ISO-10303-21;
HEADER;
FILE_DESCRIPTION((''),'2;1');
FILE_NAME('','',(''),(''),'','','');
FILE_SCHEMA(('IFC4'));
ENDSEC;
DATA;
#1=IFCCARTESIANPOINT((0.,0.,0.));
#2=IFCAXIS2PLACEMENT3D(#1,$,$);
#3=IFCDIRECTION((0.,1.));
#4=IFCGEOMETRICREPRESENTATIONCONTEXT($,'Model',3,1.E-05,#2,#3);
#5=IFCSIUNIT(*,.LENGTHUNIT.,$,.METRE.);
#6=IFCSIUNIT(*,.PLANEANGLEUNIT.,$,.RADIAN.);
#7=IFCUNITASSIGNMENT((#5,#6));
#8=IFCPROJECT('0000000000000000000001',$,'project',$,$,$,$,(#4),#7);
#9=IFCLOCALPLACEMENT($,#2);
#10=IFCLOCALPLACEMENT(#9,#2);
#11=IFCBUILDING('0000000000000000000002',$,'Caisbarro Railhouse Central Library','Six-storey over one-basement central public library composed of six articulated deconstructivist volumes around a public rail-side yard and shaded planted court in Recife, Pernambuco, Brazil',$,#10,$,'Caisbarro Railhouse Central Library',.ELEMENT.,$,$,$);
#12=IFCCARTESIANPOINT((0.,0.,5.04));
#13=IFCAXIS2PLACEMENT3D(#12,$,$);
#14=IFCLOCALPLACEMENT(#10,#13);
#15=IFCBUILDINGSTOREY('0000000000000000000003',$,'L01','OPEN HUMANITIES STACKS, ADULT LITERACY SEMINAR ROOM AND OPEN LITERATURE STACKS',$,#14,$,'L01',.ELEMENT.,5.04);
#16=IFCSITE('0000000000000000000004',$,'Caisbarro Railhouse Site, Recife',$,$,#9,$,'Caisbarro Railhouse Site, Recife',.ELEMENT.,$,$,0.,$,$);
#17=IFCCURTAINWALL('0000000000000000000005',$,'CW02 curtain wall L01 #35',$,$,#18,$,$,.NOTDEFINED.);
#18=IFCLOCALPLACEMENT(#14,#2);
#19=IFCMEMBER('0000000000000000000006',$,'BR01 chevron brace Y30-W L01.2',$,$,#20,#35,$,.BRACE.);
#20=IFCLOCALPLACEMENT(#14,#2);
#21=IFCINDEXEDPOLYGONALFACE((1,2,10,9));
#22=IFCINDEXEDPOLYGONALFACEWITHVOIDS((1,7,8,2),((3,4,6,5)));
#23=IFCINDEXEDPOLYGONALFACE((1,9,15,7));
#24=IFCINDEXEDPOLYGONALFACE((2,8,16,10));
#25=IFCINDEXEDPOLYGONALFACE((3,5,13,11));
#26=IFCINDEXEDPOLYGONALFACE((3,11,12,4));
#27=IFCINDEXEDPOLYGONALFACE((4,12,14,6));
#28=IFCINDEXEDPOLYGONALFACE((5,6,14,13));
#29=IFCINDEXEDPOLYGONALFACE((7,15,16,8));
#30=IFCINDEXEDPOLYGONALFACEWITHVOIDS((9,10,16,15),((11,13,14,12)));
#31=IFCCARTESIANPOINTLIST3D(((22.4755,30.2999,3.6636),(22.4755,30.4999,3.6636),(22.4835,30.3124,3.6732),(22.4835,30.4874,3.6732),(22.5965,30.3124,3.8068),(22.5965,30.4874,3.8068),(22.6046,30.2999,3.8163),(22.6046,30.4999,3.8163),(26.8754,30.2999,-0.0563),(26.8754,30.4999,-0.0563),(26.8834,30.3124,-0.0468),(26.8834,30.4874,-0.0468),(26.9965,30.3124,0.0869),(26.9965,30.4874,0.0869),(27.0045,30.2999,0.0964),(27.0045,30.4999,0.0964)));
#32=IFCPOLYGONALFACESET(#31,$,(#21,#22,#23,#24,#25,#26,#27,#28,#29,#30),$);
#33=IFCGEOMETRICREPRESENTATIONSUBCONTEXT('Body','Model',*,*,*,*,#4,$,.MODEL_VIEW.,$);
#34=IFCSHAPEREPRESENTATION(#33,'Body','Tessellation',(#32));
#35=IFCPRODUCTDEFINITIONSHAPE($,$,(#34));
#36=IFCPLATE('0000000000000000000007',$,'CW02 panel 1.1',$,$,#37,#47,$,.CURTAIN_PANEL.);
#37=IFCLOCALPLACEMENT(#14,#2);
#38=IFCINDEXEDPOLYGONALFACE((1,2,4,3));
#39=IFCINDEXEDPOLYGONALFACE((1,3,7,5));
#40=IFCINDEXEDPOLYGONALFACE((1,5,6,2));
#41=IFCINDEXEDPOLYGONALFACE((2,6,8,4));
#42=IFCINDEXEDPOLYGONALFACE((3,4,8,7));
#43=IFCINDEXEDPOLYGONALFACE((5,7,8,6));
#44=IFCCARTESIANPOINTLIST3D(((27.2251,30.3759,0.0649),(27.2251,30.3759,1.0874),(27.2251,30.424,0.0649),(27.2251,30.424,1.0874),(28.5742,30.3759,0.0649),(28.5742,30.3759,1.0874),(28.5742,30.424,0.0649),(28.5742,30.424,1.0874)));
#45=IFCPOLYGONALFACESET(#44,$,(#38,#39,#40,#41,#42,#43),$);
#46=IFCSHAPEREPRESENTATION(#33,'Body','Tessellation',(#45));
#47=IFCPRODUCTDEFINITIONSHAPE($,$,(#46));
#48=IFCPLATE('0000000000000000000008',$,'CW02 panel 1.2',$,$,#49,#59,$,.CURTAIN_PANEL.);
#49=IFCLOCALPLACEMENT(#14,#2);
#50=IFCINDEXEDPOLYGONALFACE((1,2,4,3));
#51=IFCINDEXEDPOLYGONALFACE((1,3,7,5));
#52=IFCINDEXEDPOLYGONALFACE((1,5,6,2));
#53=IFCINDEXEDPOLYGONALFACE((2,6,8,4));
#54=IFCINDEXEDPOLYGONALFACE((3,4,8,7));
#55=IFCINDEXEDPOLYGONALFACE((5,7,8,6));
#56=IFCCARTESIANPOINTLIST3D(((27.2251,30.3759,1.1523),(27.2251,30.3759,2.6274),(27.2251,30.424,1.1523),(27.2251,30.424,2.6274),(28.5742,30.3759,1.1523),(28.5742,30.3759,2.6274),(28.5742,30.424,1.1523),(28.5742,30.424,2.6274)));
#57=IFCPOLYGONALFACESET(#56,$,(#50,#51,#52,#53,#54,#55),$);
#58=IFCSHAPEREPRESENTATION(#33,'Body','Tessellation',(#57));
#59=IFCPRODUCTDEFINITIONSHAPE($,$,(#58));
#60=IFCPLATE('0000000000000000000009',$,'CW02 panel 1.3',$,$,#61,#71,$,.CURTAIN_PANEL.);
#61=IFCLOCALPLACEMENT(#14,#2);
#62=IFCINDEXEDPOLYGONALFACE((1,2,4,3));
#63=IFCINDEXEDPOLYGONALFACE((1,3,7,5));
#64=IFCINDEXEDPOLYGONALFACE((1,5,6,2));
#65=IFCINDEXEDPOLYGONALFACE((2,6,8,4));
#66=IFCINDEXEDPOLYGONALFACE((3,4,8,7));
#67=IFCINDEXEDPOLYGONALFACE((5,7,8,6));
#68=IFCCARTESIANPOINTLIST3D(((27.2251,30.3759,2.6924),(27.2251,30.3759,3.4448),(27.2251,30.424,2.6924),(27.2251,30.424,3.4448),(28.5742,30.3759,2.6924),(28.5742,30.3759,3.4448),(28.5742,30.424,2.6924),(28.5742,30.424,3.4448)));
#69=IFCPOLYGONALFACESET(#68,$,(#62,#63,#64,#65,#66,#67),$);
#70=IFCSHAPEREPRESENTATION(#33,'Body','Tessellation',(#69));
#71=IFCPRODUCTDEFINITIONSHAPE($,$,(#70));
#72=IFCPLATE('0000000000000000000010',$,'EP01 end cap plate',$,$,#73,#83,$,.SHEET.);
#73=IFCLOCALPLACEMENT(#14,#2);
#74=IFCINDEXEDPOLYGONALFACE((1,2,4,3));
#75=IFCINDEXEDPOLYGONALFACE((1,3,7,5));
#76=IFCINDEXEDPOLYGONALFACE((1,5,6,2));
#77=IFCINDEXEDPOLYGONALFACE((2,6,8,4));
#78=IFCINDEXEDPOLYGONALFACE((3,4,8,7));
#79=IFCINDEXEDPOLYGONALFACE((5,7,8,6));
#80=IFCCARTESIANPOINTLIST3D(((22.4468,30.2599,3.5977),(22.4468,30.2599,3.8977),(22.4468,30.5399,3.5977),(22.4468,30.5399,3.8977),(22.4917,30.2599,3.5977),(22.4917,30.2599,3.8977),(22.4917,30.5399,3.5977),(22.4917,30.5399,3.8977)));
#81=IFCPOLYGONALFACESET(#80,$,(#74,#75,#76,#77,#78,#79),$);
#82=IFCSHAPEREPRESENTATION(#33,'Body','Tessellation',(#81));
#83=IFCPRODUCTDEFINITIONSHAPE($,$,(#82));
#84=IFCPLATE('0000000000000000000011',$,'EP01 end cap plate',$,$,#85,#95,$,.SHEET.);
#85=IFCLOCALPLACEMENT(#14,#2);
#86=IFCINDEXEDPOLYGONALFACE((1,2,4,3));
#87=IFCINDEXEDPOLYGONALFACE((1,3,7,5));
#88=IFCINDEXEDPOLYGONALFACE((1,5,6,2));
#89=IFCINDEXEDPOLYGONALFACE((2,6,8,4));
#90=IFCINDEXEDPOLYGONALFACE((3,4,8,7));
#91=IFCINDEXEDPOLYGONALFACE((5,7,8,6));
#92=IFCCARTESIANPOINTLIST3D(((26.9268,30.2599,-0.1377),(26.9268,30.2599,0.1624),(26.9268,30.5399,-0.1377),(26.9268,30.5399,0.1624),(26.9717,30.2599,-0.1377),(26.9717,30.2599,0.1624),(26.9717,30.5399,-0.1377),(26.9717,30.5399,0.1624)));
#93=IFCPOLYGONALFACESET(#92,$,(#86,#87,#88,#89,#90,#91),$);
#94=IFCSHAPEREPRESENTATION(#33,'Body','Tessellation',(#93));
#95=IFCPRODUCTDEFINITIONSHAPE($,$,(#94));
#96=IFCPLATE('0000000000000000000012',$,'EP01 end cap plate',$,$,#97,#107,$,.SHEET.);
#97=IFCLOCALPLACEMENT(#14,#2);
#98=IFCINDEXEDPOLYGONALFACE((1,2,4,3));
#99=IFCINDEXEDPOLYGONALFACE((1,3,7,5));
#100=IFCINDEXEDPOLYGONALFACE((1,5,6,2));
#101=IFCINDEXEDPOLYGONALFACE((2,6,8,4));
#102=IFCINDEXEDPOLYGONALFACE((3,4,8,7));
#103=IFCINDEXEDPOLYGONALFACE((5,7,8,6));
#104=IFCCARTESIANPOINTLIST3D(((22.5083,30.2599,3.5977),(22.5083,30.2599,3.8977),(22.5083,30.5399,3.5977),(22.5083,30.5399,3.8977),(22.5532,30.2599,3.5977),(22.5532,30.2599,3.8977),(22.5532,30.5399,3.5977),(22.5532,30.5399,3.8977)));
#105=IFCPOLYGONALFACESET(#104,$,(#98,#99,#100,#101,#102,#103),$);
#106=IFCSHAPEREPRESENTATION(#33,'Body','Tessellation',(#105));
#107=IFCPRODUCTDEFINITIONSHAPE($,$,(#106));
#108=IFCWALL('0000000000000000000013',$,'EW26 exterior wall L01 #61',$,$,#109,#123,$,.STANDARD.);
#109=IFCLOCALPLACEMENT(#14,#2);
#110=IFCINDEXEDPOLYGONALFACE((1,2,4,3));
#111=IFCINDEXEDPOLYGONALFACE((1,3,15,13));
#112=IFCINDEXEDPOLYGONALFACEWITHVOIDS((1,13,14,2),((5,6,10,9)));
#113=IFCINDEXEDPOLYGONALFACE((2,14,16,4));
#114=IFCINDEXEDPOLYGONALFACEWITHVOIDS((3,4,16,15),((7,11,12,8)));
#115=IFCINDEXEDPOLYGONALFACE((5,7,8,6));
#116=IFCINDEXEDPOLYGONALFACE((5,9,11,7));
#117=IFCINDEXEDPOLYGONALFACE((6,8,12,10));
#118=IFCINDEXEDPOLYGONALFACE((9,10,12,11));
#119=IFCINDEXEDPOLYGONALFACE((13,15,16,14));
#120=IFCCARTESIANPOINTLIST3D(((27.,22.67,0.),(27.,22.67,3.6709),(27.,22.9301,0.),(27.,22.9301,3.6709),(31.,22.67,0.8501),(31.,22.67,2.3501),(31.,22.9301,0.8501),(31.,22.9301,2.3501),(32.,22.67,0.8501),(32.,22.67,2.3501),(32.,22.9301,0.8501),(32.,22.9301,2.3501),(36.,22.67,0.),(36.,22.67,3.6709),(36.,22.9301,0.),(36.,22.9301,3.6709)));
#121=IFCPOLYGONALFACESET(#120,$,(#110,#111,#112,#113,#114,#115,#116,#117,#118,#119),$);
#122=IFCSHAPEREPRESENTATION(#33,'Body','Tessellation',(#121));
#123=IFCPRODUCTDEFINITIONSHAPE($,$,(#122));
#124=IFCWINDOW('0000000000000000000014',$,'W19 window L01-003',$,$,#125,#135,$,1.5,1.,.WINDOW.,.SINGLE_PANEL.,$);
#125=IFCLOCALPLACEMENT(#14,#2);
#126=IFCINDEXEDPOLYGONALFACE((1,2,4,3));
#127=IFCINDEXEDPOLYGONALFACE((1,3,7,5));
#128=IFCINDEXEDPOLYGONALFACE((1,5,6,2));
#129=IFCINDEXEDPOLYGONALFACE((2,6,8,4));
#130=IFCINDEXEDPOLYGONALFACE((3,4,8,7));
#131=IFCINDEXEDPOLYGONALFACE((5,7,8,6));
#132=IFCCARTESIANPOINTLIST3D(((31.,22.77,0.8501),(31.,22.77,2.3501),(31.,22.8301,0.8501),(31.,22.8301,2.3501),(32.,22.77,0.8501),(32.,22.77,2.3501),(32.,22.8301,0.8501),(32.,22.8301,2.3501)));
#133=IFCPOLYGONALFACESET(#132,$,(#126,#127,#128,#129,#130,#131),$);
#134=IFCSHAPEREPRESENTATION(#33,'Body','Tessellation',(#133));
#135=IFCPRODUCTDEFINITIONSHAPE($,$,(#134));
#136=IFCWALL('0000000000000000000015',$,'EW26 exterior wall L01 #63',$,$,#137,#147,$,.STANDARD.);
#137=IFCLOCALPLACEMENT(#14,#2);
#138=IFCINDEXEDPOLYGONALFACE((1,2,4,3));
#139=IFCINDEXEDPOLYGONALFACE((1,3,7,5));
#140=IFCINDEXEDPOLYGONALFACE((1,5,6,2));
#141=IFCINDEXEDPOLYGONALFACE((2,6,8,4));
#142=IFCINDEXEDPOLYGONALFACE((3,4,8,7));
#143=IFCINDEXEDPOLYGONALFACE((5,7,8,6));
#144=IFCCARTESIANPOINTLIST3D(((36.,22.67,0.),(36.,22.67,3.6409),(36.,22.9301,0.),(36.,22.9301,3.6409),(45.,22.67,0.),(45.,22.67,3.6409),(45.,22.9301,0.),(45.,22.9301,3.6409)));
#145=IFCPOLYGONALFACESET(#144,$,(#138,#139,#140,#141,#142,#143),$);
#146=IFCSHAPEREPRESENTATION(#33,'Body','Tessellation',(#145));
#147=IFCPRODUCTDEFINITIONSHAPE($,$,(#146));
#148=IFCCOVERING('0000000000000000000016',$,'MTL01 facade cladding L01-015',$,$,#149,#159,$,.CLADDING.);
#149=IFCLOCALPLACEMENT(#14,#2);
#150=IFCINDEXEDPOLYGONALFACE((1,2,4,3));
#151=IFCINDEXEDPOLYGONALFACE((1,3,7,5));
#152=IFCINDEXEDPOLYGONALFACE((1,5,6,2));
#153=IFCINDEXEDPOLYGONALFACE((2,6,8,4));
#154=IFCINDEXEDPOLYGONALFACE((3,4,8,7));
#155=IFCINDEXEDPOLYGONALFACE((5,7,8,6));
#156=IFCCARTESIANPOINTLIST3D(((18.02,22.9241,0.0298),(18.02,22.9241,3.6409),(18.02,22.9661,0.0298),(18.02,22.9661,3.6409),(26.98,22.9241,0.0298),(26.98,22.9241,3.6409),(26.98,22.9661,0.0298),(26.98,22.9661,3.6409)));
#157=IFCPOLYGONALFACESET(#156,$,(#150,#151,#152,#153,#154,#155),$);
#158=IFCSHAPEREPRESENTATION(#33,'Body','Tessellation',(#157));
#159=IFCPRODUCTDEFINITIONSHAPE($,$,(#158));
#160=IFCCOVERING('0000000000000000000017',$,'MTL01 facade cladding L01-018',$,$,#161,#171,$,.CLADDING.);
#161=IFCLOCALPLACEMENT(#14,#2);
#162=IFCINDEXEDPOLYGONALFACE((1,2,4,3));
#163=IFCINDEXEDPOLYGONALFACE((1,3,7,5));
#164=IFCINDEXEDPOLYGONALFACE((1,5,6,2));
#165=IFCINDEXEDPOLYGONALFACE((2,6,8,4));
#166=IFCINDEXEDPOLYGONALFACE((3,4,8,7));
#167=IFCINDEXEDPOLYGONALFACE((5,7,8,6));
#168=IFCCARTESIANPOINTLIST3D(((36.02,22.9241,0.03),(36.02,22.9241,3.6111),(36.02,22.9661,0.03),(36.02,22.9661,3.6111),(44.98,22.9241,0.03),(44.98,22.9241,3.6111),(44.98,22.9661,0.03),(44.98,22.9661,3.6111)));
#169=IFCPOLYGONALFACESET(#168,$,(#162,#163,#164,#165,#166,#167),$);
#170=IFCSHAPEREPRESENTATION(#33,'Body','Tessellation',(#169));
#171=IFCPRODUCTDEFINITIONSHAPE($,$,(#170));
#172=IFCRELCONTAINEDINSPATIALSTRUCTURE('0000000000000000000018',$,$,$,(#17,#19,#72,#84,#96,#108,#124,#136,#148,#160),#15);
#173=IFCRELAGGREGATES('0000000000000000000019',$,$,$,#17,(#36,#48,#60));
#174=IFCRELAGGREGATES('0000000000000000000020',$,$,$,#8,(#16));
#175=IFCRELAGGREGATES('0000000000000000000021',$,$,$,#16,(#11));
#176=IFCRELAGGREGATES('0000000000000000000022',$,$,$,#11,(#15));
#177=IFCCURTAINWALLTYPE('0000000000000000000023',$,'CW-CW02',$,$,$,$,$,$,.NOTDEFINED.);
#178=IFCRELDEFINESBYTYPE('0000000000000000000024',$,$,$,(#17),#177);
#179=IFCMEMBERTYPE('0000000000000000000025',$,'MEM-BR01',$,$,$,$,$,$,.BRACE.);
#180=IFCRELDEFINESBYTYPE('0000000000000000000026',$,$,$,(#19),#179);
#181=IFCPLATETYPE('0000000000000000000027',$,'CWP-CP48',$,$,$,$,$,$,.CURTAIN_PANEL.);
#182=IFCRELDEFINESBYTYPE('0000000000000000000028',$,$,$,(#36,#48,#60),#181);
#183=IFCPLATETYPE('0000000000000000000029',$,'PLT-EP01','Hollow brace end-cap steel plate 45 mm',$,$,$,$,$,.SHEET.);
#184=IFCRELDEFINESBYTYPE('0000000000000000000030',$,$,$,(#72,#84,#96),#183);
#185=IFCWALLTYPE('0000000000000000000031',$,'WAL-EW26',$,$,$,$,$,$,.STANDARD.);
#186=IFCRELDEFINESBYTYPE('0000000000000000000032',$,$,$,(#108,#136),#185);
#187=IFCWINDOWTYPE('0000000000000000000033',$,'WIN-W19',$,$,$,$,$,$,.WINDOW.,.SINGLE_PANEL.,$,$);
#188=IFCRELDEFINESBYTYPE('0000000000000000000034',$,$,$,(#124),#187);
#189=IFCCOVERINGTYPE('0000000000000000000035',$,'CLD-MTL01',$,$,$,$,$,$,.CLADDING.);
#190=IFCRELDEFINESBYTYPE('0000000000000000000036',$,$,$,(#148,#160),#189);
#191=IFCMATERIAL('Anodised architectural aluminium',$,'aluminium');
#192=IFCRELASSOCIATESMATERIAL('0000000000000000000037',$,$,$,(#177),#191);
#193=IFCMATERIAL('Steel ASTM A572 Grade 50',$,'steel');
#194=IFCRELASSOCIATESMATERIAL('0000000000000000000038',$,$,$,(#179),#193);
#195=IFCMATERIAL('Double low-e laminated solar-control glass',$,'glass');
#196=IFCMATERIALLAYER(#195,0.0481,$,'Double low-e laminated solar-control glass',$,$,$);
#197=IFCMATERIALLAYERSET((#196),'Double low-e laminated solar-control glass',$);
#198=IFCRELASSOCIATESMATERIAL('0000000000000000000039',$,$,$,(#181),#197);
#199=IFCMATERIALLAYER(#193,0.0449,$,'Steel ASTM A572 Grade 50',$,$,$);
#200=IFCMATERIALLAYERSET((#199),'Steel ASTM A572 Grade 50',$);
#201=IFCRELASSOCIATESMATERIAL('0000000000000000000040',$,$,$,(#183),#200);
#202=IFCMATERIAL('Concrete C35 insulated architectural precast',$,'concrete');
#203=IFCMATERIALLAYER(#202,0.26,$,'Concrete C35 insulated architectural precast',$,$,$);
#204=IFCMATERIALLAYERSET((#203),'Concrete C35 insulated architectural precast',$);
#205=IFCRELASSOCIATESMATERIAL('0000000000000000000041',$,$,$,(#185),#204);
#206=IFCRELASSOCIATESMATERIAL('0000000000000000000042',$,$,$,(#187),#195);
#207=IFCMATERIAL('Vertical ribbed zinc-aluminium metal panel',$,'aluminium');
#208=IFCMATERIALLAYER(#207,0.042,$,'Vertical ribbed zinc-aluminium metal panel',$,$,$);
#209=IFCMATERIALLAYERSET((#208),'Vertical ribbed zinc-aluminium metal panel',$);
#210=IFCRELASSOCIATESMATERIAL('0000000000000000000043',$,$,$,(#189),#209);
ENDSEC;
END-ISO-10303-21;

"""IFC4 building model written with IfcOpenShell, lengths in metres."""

from ifc_helpers import new_model, si_unit, direction, frame, frame_2d, origin, origin_2d, place, context, subcontext, project, spatial, rectangle, hollow_rectangle, extrude, material, layer, layer_set, material_profile, profile_set, type_object, element, fill, aggregate, save


model = new_model("IFC4")

# Units and contexts
model_context = context("Model", 3, precision=1e-05, world=origin(), true_north=direction((0.0, 1.0)))
body_context = subcontext(model_context, "Body", "Model", "MODEL_VIEW")
ifc_project = project(units=[si_unit("LENGTHUNIT", "METRE"), si_unit("PLANEANGLEUNIT", "RADIAN")], contexts=[model_context])

# Site, building, storey
site_placement = place(None, origin())
site = spatial("IfcSite", under=ifc_project, at=site_placement, Name="Caisbarro Railhouse Site, Recife", LongName="Caisbarro Railhouse Site, Recife", CompositionType="ELEMENT", RefElevation=0.0)
building_placement = place(site_placement, origin())
building = spatial("IfcBuilding", under=site, at=building_placement, Name="Caisbarro Railhouse Central Library", Description="Six-storey over one-basement central public library composed of six articulated deconstructivist volumes around a public rail-side yard and shaded planted court in Recife, Pernambuco, Brazil", LongName="Caisbarro Railhouse Central Library", CompositionType="ELEMENT")
storey_placement = place(building_placement, frame((0.0, 0.0, 5.04)))
storey = spatial("IfcBuildingStorey", under=building, at=storey_placement, Name="L01", Description="OPEN HUMANITIES STACKS, ADULT LITERACY SEMINAR ROOM AND OPEN LITERATURE STACKS", LongName="L01", CompositionType="ELEMENT", Elevation=5.04)

# Shared definitions
ifc_material_1 = material(Name="Steel ASTM A572 Grade 50", Category="steel")

# Curtain wall
ifc_material_2 = material(Name="Anodised architectural aluminium", Category="aluminium")
curtain_wall_type = type_object("IfcCurtainWallType", Name="CW-CW02", PredefinedType="NOTDEFINED", material=ifc_material_2)
curtain_wall_placement = place(storey_placement, origin())
curtain_wall = element("IfcCurtainWall", 1, at=curtain_wall_placement, inside=storey, type_object=curtain_wall_type, Name="CW02 curtain wall L01 #35", PredefinedType="NOTDEFINED")

# Member
ifc_material_profile_1 = material_profile(ifc_material_1, hollow_rectangle(XDim=0.2, YDim=0.2, WallThickness=0.0125, at=origin_2d()), Name="HSS200X200X12.5")
ifc_profile_set_1 = profile_set([ifc_material_profile_1], Name="Steel ASTM A572 Grade 50")
member_type_1 = type_object("IfcMemberType", Name="MEM-BR01", PredefinedType="BRACE", material=ifc_profile_set_1)
member_1_placement = place(storey_placement, frame((26.9399, 30.3999, 0.02), z_axis=(-0.763645, 0.0, 0.645636), x_axis=(0.0, -1.0, 0.0)))
element("IfcMember", 2, at=member_1_placement, inside=storey, type_object=member_type_1, Name="BR01 chevron brace Y30-W L01.2", PredefinedType="BRACE", context=body_context, shape_type="SweptSolid", body=[
    extrude(hollow_rectangle(XDim=0.2, YDim=0.2, WallThickness=0.0125, at=origin_2d()), origin(), (0.0, 0.0, 1.0), 5.7617),
])

# Plates
ifc_material_3 = material(Name="Double low-e laminated solar-control glass", Category="glass")
ifc_layer_1 = layer(ifc_material_3, 0.0481, Name="Double low-e laminated solar-control glass")
ifc_layer_set_1 = layer_set([ifc_layer_1], Name="Double low-e laminated solar-control glass")
plate_type_1 = type_object("IfcPlateType", Name="CWP-CP48", PredefinedType="CURTAIN_PANEL", material=ifc_layer_set_1)
plate_1_placement = place(storey_placement, frame((27.8997, 30.3999, 0.0649), z_axis=(0.0, 0.0, 1.0), x_axis=(1.0, 0.0, 0.0)))
plate_1 = element("IfcPlate", 3, at=plate_1_placement, type_object=plate_type_1, Name="CW02 panel 1.1", PredefinedType="CURTAIN_PANEL", context=body_context, shape_type="SweptSolid", body=[
    extrude(rectangle(XDim=1.3491, YDim=0.0481, at=origin_2d()), origin(), (0.0, 0.0, 1.0), 1.0225),
])
plate_2_placement = place(storey_placement, frame((27.8997, 30.3999, 1.1523), z_axis=(0.0, 0.0, 1.0), x_axis=(1.0, 0.0, 0.0)))
plate_2 = element("IfcPlate", 4, at=plate_2_placement, type_object=plate_type_1, Name="CW02 panel 1.2", PredefinedType="CURTAIN_PANEL", context=body_context, shape_type="SweptSolid", body=[
    extrude(rectangle(XDim=1.3491, YDim=0.0481, at=origin_2d()), origin(), (0.0, 0.0, 1.0), 1.4751),
])
plate_3_placement = place(storey_placement, frame((27.8997, 30.3999, 2.6924), z_axis=(0.0, 0.0, 1.0), x_axis=(1.0, 0.0, 0.0)))
plate_3 = element("IfcPlate", 5, at=plate_3_placement, type_object=plate_type_1, Name="CW02 panel 1.3", PredefinedType="CURTAIN_PANEL", context=body_context, shape_type="SweptSolid", body=[
    extrude(rectangle(XDim=1.3491, YDim=0.0481, at=origin_2d()), origin(), (0.0, 0.0, 1.0), 0.7524),
])
aggregate(curtain_wall, [plate_1, plate_2, plate_3])

# Plates
ifc_layer_2 = layer(ifc_material_1, 0.0449, Name="Steel ASTM A572 Grade 50")
ifc_layer_set_2 = layer_set([ifc_layer_2], Name="Steel ASTM A572 Grade 50")
plate_type_2 = type_object("IfcPlateType", Name="PLT-EP01", Description="Hollow brace end-cap steel plate 45 mm", PredefinedType="SHEET", material=ifc_layer_set_2)
for number, where, z_axis, x_axis, name in (
    (6, (22.4692, 30.3999, 3.5977), (0.0, 0.0, 1.0), (1.0, 0.0, 0.0), "EP01 end cap plate"),
    (7, (26.9492, 30.3999, -0.1377), (0.0, 0.0, 1.0), (-1.0, 0.0, 0.0), "EP01 end cap plate"),
    (8, (22.5308, 30.3999, 3.5977), (0.0, 0.0, 1.0), (-1.0, 0.0, 0.0), "EP01 end cap plate"),
):
    element("IfcPlate", number, at=place(storey_placement, frame(where, z_axis=z_axis, x_axis=x_axis)), inside=storey, type_object=plate_type_2, Name=name, PredefinedType="SHEET", context=body_context, shape_type="SweptSolid", body=[
        extrude(rectangle(XDim=0.0449, YDim=0.28, at=origin_2d()), origin(), (0.0, 0.0, 1.0), 0.3),
    ])

# Wall, opening, window
ifc_material_4 = material(Name="Concrete C35 insulated architectural precast", Category="concrete")
ifc_layer_3 = layer(ifc_material_4, 0.26, Name="Concrete C35 insulated architectural precast")
ifc_layer_set_3 = layer_set([ifc_layer_3], Name="Concrete C35 insulated architectural precast")
wall_type = type_object("IfcWallType", Name="WAL-EW26", PredefinedType="STANDARD", material=ifc_layer_set_3)
wall_1_placement = place(storey_placement, frame((27.0, 22.8, 0.0), z_axis=(0.0, 0.0, 1.0), x_axis=(1.0, 0.0, 0.0)))
wall_1 = element("IfcWall", 9, at=wall_1_placement, inside=storey, type_object=wall_type, Name="EW26 exterior wall L01 #61", PredefinedType="STANDARD", context=body_context, shape_type="SweptSolid", body=[
    extrude(rectangle(XDim=9.0, YDim=0.26, at=frame_2d((4.5, 0.0))), origin(), (0.0, 0.0, 1.0), 3.6709),
])
opening_placement = place(wall_1_placement, frame((4.0, 0.0, 0.8501)))
opening = element("IfcOpeningElement", 10, at=opening_placement, cuts=wall_1, PredefinedType="OPENING", context=body_context, shape_type="SweptSolid", body=[
    extrude(rectangle(XDim=1.0, YDim=1.5, at=frame_2d((0.5, 0.75))), frame((0.0, 0.1401, 0.0), z_axis=(0.0, -1.0, 0.0), x_axis=(1.0, 0.0, 0.0)), (0.0, 0.0, 1.0), 0.28),
])
window_type = type_object("IfcWindowType", Name="WIN-W19", PartitioningType="SINGLE_PANEL", PredefinedType="WINDOW", material=ifc_material_3)
window_placement = place(opening_placement, origin())
window = element("IfcWindow", 11, at=window_placement, inside=storey, type_object=window_type, Name="W19 window L01-003", OverallHeight=1.5, OverallWidth=1.0, PartitioningType="SINGLE_PANEL", PredefinedType="WINDOW", context=body_context, shape_type="SweptSolid", body=[
    extrude(rectangle(XDim=1.0, YDim=1.5, at=frame_2d((0.5, 0.75))), frame((0.0, 0.03, 0.0), z_axis=(0.0, -1.0, 0.0), x_axis=(1.0, 0.0, 0.0)), (0.0, 0.0, 1.0), 0.0601),
])
fill(opening, window)

# Wall
wall_2_placement = place(storey_placement, frame((36.0, 22.8, 0.0), z_axis=(0.0, 0.0, 1.0), x_axis=(1.0, 0.0, 0.0)))
element("IfcWall", 12, at=wall_2_placement, inside=storey, type_object=wall_type, Name="EW26 exterior wall L01 #63", PredefinedType="STANDARD", context=body_context, shape_type="SweptSolid", body=[
    extrude(rectangle(XDim=9.0, YDim=0.26, at=frame_2d((4.5, 0.0))), origin(), (0.0, 0.0, 1.0), 3.6409),
])

# Coverings
ifc_material_5 = material(Name="Vertical ribbed zinc-aluminium metal panel", Category="aluminium")
ifc_layer_4 = layer(ifc_material_5, 0.042, Name="Vertical ribbed zinc-aluminium metal panel")
ifc_layer_set_4 = layer_set([ifc_layer_4], Name="Vertical ribbed zinc-aluminium metal panel")
covering_type = type_object("IfcCoveringType", Name="CLD-MTL01", PredefinedType="CLADDING", material=ifc_layer_set_4)
covering_1_placement = place(storey_placement, frame((22.5, 22.9451, 0.0298), z_axis=(0.0, 0.0, 1.0), x_axis=(1.0, 0.0, 0.0)))
element("IfcCovering", 13, at=covering_1_placement, inside=storey, type_object=covering_type, Name="MTL01 facade cladding L01-015", PredefinedType="CLADDING", context=body_context, shape_type="SweptSolid", body=[
    extrude(rectangle(XDim=8.96, YDim=0.042, at=origin_2d()), origin(), (0.0, 0.0, 1.0), 3.6111),
])
covering_2_placement = place(storey_placement, frame((40.5, 22.9451, 0.03), z_axis=(0.0, 0.0, 1.0), x_axis=(1.0, 0.0, 0.0)))
element("IfcCovering", 14, at=covering_2_placement, inside=storey, type_object=covering_type, Name="MTL01 facade cladding L01-018", PredefinedType="CLADDING", context=body_context, shape_type="SweptSolid", body=[
    extrude(rectangle(XDim=8.96, YDim=0.042, at=origin_2d()), origin(), (0.0, 0.0, 1.0), 3.5811),
])

save(model, "model.ifc")
